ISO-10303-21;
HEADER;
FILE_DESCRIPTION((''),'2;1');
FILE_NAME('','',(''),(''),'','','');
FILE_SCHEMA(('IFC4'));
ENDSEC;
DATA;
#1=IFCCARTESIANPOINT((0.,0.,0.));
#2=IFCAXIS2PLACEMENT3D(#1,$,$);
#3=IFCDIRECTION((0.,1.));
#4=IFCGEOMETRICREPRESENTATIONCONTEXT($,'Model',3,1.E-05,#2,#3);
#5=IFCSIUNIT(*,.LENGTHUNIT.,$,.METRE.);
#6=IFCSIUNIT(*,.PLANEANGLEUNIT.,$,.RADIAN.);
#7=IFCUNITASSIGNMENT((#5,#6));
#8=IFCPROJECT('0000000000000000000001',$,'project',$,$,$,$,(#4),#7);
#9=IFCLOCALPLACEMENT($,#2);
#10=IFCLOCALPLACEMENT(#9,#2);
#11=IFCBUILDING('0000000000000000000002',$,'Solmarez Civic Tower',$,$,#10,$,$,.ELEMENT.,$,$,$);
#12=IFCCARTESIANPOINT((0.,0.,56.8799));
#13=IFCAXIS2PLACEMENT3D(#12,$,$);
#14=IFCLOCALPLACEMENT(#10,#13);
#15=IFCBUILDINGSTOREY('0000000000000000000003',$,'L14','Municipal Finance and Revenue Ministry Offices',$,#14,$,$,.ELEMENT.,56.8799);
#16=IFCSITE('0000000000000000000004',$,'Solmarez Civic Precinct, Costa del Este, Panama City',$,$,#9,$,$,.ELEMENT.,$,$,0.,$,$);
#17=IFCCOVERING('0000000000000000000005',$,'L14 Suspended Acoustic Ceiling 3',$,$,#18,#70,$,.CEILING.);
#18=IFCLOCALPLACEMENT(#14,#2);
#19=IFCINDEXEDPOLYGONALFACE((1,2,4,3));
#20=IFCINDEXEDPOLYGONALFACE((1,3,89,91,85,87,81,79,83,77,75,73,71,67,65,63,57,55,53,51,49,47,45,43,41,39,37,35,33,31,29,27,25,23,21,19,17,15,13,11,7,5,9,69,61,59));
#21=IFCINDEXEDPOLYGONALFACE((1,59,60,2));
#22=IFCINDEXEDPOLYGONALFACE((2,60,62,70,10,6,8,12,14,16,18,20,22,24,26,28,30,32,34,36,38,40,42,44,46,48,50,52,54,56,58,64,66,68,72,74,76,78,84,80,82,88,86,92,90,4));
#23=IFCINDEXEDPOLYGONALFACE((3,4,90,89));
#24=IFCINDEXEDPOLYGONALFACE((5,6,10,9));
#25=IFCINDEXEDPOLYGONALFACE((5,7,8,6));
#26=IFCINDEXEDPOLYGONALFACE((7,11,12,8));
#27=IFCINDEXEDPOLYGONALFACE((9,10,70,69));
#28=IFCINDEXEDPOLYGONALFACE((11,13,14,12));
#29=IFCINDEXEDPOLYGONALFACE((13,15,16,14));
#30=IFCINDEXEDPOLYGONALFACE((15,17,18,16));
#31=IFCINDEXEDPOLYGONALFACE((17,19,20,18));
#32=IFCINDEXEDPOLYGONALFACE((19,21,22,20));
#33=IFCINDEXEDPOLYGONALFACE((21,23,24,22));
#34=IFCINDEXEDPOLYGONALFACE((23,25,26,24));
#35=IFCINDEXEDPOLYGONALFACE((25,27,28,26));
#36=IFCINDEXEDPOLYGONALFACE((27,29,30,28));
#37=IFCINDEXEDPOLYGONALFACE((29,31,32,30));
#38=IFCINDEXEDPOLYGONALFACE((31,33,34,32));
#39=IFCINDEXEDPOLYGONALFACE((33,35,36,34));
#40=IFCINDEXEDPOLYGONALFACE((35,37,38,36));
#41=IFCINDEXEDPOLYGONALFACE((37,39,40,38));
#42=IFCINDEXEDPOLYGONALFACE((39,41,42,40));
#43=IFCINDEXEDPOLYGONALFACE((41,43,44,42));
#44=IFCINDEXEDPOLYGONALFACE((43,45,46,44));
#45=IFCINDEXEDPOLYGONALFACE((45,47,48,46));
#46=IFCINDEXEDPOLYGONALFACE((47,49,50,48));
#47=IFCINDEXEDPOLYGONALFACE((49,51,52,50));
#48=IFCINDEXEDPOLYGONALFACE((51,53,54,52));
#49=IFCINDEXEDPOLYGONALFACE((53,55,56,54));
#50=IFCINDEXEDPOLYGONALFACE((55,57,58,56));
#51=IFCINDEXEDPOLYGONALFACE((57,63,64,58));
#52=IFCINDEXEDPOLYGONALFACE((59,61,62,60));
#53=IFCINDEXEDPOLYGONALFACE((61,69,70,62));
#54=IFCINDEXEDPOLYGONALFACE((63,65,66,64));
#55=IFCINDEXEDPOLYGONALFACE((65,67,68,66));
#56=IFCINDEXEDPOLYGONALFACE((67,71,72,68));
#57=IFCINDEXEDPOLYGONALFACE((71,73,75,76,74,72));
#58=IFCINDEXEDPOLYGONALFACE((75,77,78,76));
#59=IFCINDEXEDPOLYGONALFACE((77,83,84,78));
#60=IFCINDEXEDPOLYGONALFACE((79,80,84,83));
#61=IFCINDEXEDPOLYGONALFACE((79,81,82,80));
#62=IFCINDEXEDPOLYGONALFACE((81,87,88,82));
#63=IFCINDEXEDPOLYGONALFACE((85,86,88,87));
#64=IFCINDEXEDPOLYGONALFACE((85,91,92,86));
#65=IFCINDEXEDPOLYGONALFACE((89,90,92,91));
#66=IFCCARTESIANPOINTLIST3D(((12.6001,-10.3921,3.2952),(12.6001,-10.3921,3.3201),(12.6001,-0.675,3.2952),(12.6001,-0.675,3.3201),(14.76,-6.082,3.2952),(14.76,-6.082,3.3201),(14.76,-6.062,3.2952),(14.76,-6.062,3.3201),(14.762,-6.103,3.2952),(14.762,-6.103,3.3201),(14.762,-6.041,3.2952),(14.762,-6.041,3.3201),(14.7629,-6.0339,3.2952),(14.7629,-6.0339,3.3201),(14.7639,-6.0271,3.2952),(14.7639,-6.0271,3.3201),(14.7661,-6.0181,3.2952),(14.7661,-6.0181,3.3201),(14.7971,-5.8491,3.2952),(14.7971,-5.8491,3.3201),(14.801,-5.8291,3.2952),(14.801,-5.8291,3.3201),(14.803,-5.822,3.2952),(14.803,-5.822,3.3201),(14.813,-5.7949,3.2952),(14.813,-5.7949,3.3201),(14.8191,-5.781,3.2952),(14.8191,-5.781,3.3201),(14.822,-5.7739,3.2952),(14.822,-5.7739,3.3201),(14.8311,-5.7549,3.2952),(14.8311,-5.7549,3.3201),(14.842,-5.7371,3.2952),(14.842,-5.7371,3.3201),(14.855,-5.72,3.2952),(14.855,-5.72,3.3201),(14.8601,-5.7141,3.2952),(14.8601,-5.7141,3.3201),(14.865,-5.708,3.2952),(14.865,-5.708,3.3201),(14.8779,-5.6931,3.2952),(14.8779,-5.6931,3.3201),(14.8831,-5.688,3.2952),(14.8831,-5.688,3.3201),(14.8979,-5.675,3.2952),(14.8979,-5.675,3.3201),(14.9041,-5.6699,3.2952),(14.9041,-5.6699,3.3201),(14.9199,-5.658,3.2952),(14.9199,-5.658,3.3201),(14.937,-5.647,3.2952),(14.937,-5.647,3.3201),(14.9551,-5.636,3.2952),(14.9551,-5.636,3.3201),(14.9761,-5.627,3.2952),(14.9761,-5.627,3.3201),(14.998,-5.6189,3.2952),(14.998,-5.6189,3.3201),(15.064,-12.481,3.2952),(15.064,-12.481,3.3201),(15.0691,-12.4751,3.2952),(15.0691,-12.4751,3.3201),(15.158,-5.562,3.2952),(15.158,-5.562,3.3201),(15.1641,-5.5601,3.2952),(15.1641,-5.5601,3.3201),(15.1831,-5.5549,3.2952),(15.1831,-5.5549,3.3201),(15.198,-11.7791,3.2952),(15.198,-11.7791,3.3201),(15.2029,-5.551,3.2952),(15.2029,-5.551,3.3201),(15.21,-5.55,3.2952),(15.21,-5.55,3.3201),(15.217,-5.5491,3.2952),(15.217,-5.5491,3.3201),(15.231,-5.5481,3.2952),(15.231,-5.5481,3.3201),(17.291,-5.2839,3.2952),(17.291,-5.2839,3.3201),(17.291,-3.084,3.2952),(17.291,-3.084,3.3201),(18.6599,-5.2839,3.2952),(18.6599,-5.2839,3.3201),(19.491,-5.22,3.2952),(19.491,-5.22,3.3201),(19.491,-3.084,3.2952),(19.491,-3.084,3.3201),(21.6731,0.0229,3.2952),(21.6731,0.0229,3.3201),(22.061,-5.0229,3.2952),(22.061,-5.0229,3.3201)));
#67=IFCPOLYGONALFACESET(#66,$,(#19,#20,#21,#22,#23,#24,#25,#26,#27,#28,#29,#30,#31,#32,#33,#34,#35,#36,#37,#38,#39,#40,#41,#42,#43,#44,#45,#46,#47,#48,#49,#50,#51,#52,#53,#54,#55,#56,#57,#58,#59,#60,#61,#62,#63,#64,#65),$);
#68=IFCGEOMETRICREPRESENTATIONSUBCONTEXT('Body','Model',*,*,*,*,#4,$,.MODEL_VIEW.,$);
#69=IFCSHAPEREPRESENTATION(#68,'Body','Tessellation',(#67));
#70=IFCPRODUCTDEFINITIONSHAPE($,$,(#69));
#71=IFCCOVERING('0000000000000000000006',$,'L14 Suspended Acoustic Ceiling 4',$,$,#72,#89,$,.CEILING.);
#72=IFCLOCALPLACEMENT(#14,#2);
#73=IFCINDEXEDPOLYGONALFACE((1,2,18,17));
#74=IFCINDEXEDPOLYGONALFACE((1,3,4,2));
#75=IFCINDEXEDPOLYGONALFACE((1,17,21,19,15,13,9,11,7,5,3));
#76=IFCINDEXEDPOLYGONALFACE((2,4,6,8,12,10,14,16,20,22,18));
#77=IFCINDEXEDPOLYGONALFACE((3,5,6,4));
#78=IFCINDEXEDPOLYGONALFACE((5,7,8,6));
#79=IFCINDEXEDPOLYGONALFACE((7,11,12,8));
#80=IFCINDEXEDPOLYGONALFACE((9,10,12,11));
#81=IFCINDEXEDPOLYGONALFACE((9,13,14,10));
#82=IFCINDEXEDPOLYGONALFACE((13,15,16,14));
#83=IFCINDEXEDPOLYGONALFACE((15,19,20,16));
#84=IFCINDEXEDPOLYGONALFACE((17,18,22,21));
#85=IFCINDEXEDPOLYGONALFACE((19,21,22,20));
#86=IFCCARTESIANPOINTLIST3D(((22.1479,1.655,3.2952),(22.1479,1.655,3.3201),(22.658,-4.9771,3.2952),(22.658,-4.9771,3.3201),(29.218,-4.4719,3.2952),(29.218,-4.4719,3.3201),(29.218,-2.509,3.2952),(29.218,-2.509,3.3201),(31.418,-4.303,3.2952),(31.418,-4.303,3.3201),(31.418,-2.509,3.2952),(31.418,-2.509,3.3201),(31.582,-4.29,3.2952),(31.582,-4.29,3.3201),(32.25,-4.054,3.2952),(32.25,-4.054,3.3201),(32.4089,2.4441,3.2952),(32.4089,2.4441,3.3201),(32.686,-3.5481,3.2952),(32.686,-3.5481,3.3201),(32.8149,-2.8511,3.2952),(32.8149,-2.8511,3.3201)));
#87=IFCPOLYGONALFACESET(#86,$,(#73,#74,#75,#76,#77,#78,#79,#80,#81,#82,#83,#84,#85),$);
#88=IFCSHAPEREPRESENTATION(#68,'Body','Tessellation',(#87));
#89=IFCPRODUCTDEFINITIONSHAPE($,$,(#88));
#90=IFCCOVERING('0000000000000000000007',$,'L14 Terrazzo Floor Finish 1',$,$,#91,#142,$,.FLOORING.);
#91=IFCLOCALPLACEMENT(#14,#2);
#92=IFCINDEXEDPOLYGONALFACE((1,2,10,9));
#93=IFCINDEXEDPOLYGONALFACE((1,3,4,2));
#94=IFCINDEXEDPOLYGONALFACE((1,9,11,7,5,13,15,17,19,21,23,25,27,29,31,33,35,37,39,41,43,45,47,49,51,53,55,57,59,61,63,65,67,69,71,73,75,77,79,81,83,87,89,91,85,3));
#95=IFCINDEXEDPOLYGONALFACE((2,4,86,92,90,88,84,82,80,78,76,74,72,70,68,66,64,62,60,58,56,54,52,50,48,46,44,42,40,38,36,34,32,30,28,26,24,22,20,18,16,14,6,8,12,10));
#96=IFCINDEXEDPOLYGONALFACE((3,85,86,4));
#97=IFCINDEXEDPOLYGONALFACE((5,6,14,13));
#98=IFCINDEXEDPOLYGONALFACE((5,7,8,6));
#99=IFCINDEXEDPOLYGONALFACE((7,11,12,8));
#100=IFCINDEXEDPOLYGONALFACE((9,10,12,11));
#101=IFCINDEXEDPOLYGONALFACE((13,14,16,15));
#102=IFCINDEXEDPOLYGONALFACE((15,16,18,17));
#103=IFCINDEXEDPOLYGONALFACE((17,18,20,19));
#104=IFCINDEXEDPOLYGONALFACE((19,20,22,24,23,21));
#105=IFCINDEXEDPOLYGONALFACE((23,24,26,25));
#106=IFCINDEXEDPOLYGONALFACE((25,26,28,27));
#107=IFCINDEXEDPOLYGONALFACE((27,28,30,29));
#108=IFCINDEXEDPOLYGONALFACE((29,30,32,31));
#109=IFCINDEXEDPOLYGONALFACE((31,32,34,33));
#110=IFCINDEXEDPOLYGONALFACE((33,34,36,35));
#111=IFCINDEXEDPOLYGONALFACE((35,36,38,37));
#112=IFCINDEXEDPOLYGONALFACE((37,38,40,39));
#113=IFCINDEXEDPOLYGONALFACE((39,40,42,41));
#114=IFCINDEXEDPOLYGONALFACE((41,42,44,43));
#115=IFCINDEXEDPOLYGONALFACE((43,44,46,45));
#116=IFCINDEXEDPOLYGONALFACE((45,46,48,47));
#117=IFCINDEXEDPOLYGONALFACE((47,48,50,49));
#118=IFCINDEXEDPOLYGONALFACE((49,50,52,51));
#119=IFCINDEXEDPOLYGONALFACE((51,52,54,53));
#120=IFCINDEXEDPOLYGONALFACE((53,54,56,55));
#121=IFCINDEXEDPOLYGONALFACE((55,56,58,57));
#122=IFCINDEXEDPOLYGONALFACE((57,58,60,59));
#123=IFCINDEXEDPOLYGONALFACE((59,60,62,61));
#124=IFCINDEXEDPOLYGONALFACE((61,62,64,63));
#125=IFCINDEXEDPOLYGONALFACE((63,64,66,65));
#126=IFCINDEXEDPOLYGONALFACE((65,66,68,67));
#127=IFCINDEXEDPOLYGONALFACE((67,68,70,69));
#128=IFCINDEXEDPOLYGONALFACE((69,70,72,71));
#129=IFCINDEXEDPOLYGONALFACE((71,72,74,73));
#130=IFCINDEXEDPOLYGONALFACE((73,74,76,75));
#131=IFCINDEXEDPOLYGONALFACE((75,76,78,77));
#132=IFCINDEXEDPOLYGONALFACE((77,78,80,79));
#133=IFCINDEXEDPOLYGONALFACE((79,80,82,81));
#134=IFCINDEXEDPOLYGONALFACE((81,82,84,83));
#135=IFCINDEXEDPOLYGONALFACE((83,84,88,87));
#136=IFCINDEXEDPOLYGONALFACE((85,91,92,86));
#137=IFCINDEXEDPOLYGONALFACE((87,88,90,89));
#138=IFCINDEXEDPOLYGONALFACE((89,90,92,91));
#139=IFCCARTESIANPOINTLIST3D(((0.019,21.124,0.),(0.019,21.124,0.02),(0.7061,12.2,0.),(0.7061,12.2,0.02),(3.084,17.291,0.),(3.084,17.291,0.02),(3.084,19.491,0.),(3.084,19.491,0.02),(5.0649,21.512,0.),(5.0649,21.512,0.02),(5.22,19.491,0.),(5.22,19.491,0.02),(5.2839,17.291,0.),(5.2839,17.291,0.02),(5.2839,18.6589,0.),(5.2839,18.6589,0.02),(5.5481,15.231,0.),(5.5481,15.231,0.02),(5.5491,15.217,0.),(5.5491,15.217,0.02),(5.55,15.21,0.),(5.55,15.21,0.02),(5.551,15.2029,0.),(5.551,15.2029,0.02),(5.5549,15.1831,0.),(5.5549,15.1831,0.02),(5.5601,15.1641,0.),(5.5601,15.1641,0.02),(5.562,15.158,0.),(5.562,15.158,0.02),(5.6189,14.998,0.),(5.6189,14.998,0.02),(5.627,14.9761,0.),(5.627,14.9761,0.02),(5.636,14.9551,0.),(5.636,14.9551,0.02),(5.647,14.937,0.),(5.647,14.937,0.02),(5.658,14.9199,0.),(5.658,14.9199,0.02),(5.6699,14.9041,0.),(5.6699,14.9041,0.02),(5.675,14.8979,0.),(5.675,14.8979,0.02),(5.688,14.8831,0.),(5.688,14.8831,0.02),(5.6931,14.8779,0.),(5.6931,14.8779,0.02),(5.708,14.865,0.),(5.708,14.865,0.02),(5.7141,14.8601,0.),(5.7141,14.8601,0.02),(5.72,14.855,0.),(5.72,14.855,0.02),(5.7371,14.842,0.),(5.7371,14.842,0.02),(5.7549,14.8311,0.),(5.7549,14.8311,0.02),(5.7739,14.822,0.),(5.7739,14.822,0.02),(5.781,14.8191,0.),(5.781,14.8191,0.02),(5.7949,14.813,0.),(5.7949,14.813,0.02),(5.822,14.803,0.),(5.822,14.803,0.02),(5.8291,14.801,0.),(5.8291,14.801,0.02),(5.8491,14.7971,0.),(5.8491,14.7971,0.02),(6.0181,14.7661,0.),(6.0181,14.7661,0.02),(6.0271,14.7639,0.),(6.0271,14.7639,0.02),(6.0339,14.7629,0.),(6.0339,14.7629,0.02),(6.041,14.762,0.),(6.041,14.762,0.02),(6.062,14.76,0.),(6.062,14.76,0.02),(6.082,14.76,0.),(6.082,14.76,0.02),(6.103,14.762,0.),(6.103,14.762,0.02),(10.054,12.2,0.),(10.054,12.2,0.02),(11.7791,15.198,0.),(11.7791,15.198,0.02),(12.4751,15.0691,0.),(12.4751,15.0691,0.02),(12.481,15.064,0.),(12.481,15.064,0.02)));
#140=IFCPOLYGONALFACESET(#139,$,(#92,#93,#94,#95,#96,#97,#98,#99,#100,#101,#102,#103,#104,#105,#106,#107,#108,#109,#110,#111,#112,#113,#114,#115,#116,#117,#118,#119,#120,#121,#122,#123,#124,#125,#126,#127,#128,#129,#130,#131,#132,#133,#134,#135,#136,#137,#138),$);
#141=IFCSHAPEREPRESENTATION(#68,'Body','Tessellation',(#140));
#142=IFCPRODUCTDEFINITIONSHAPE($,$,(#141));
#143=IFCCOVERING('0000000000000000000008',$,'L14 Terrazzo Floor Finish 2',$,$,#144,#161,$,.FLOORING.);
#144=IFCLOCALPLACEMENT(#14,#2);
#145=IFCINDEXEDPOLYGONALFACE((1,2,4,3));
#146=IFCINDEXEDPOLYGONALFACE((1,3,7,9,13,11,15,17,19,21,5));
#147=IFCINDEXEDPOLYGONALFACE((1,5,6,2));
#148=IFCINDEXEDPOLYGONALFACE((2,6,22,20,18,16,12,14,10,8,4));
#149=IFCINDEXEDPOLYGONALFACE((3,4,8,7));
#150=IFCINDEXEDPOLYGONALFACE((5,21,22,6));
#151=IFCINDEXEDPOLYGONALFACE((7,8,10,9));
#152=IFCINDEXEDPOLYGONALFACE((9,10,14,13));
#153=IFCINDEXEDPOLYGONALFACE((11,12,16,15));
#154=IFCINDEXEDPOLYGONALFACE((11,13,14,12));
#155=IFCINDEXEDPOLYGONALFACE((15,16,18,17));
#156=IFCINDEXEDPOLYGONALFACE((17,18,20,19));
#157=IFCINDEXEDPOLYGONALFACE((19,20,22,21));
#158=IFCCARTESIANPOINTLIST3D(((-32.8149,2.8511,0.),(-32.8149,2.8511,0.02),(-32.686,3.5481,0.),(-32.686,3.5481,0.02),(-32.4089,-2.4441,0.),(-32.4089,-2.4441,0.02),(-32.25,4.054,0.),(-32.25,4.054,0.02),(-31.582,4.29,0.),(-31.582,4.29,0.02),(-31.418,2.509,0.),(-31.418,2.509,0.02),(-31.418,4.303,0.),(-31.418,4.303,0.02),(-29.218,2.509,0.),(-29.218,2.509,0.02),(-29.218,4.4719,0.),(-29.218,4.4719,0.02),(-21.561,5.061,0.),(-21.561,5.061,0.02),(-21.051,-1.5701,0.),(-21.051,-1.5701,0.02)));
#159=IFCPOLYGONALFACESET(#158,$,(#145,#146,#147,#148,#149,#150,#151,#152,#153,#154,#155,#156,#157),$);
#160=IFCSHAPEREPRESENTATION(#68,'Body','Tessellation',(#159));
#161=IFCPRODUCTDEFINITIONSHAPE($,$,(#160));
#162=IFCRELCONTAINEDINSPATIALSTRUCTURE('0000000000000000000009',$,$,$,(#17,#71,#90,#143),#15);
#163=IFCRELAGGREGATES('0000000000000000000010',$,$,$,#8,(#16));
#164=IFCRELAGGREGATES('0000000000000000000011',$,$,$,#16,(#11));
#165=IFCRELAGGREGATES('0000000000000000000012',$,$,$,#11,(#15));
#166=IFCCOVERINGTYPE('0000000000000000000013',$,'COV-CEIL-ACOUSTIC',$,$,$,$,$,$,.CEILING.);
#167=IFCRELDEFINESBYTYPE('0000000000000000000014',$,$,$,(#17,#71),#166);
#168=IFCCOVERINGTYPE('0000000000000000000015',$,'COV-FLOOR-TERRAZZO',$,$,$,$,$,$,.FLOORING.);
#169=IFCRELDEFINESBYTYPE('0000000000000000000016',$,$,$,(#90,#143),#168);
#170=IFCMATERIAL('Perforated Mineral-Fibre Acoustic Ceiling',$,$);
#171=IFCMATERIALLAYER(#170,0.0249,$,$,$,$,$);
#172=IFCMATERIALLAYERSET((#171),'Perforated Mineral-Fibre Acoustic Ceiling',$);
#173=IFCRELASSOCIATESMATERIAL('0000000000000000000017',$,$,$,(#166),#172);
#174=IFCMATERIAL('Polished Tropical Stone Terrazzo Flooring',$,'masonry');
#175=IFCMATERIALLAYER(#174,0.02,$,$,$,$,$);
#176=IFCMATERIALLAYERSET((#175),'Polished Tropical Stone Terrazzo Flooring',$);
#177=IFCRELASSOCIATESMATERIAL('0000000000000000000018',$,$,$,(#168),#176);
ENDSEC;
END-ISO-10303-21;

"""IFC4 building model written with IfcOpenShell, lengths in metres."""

from ifc_helpers import new_model, si_unit, direction, frame, origin, place, context, subcontext, project, spatial, polyline, outline, extrude, material, layer, layer_set, type_object, element, save


model = new_model("IFC4")

# Units and contexts
model_context = context("Model", 3, precision=1e-05, world=origin(), true_north=direction((0.0, 1.0)))
body_context = subcontext(model_context, "Body", "Model", "MODEL_VIEW")
ifc_project = project(units=[si_unit("LENGTHUNIT", "METRE"), si_unit("PLANEANGLEUNIT", "RADIAN")], contexts=[model_context])

# Site, building, storey
site_placement = place(None, origin())
site = spatial("IfcSite", under=ifc_project, at=site_placement, Name="Solmarez Civic Precinct, Costa del Este, Panama City", CompositionType="ELEMENT", RefElevation=0.0)
building_placement = place(site_placement, origin())
building = spatial("IfcBuilding", under=site, at=building_placement, Name="Solmarez Civic Tower", CompositionType="ELEMENT")
storey_placement = place(building_placement, frame((0.0, 0.0, 56.8799)))
storey = spatial("IfcBuildingStorey", under=building, at=storey_placement, Name="L14", Description="Municipal Finance and Revenue Ministry Offices", CompositionType="ELEMENT", Elevation=56.8799)

# Coverings
ifc_material_1 = material(Name="Perforated Mineral-Fibre Acoustic Ceiling")
ifc_layer_1 = layer(ifc_material_1, 0.0249)
ifc_layer_set_1 = layer_set([ifc_layer_1], Name="Perforated Mineral-Fibre Acoustic Ceiling")
covering_type_1 = type_object("IfcCoveringType", Name="COV-CEIL-ACOUSTIC", PredefinedType="CEILING", material=ifc_layer_set_1)
covering_1_placement = place(storey_placement, frame((0.0, 0.0, 3.2952)))
element("IfcCovering", 1, at=covering_1_placement, inside=storey, type_object=covering_type_1, Name="L14 Suspended Acoustic Ceiling 3", PredefinedType="CEILING", context=body_context, shape_type="SweptSolid", body=[
    extrude(outline(polyline([(12.6001, -0.675), (12.6001, -10.3921), (15.064, -12.481), (15.0691, -12.4751), (15.198, -11.7791), (14.762, -6.103), (14.76, -6.082), (14.76, -6.062), (14.762, -6.041), (14.7629, -6.0339), (14.7639, -6.0271), (14.7661, -6.0181), (14.7971, -5.8491), (14.801, -5.8291), (14.803, -5.822), (14.813, -5.7949), (14.8191, -5.781), (14.822, -5.7739), (14.8311, -5.7549), (14.842, -5.7371), (14.855, -5.72), (14.8601, -5.7141), (14.865, -5.708), (14.8779, -5.6931), (14.8831, -5.688), (14.8979, -5.675), (14.9041, -5.6699), (14.9199, -5.658), (14.937, -5.647), (14.9551, -5.636), (14.9761, -5.627), (14.998, -5.6189), (15.158, -5.562), (15.1641, -5.5601), (15.1831, -5.5549), (15.2029, -5.551), (15.21, -5.55), (15.217, -5.5491), (15.231, -5.5481), (18.6599, -5.2839), (17.291, -5.2839), (17.291, -3.084), (19.491, -3.084), (19.491, -5.22), (22.061, -5.0229), (21.6731, 0.0229), (12.6001, -0.675)])), origin(), (0.0, 0.0, 1.0), 0.0249),
])
covering_2_placement = place(storey_placement, frame((0.0, 0.0, 3.2952)))
element("IfcCovering", 2, at=covering_2_placement, inside=storey, type_object=covering_type_1, Name="L14 Suspended Acoustic Ceiling 4", PredefinedType="CEILING", context=body_context, shape_type="SweptSolid", body=[
    extrude(outline(polyline([(22.658, -4.9771), (29.218, -4.4719), (29.218, -2.509), (31.418, -2.509), (31.418, -4.303), (31.582, -4.29), (32.25, -4.054), (32.686, -3.5481), (32.8149, -2.8511), (32.4089, 2.4441), (22.1479, 1.655), (22.658, -4.9771)])), origin(), (0.0, 0.0, 1.0), 0.0249),
])
ifc_material_2 = material(Name="Polished Tropical Stone Terrazzo Flooring", Category="masonry")
ifc_layer_2 = layer(ifc_material_2, 0.02)
ifc_layer_set_2 = layer_set([ifc_layer_2], Name="Polished Tropical Stone Terrazzo Flooring")
covering_type_2 = type_object("IfcCoveringType", Name="COV-FLOOR-TERRAZZO", PredefinedType="FLOORING", material=ifc_layer_set_2)
covering_3_placement = place(storey_placement, origin())
element("IfcCovering", 3, at=covering_3_placement, inside=storey, type_object=covering_type_2, Name="L14 Terrazzo Floor Finish 1", PredefinedType="FLOORING", context=body_context, shape_type="SweptSolid", body=[
    extrude(outline(polyline([(0.7061, 12.2), (10.054, 12.2), (12.481, 15.064), (12.4751, 15.0691), (11.7791, 15.198), (6.103, 14.762), (6.082, 14.76), (6.062, 14.76), (6.041, 14.762), (6.0339, 14.7629), (6.0271, 14.7639), (6.0181, 14.7661), (5.8491, 14.7971), (5.8291, 14.801), (5.822, 14.803), (5.7949, 14.813), (5.781, 14.8191), (5.7739, 14.822), (5.7549, 14.8311), (5.7371, 14.842), (5.72, 14.855), (5.7141, 14.8601), (5.708, 14.865), (5.6931, 14.8779), (5.688, 14.8831), (5.675, 14.8979), (5.6699, 14.9041), (5.658, 14.9199), (5.647, 14.937), (5.636, 14.9551), (5.627, 14.9761), (5.6189, 14.998), (5.562, 15.158), (5.5601, 15.1641), (5.5549, 15.1831), (5.551, 15.2029), (5.55, 15.21), (5.5491, 15.217), (5.5481, 15.231), (5.2839, 18.6589), (5.2839, 17.291), (3.084, 17.291), (3.084, 19.491), (5.22, 19.491), (5.0649, 21.512), (0.019, 21.124), (0.7061, 12.2)])), origin(), (0.0, 0.0, 1.0), 0.02),
])
covering_4_placement = place(storey_placement, origin())
element("IfcCovering", 4, at=covering_4_placement, inside=storey, type_object=covering_type_2, Name="L14 Terrazzo Floor Finish 2", PredefinedType="FLOORING", context=body_context, shape_type="SweptSolid", body=[
    extrude(outline(polyline([(-21.561, 5.061), (-29.218, 4.4719), (-29.218, 2.509), (-31.418, 2.509), (-31.418, 4.303), (-31.582, 4.29), (-32.25, 4.054), (-32.686, 3.5481), (-32.8149, 2.8511), (-32.4089, -2.4441), (-21.051, -1.5701), (-21.561, 5.061)])), origin(), (0.0, 0.0, 1.0), 0.02),
])

save(model, "model.ifc")
